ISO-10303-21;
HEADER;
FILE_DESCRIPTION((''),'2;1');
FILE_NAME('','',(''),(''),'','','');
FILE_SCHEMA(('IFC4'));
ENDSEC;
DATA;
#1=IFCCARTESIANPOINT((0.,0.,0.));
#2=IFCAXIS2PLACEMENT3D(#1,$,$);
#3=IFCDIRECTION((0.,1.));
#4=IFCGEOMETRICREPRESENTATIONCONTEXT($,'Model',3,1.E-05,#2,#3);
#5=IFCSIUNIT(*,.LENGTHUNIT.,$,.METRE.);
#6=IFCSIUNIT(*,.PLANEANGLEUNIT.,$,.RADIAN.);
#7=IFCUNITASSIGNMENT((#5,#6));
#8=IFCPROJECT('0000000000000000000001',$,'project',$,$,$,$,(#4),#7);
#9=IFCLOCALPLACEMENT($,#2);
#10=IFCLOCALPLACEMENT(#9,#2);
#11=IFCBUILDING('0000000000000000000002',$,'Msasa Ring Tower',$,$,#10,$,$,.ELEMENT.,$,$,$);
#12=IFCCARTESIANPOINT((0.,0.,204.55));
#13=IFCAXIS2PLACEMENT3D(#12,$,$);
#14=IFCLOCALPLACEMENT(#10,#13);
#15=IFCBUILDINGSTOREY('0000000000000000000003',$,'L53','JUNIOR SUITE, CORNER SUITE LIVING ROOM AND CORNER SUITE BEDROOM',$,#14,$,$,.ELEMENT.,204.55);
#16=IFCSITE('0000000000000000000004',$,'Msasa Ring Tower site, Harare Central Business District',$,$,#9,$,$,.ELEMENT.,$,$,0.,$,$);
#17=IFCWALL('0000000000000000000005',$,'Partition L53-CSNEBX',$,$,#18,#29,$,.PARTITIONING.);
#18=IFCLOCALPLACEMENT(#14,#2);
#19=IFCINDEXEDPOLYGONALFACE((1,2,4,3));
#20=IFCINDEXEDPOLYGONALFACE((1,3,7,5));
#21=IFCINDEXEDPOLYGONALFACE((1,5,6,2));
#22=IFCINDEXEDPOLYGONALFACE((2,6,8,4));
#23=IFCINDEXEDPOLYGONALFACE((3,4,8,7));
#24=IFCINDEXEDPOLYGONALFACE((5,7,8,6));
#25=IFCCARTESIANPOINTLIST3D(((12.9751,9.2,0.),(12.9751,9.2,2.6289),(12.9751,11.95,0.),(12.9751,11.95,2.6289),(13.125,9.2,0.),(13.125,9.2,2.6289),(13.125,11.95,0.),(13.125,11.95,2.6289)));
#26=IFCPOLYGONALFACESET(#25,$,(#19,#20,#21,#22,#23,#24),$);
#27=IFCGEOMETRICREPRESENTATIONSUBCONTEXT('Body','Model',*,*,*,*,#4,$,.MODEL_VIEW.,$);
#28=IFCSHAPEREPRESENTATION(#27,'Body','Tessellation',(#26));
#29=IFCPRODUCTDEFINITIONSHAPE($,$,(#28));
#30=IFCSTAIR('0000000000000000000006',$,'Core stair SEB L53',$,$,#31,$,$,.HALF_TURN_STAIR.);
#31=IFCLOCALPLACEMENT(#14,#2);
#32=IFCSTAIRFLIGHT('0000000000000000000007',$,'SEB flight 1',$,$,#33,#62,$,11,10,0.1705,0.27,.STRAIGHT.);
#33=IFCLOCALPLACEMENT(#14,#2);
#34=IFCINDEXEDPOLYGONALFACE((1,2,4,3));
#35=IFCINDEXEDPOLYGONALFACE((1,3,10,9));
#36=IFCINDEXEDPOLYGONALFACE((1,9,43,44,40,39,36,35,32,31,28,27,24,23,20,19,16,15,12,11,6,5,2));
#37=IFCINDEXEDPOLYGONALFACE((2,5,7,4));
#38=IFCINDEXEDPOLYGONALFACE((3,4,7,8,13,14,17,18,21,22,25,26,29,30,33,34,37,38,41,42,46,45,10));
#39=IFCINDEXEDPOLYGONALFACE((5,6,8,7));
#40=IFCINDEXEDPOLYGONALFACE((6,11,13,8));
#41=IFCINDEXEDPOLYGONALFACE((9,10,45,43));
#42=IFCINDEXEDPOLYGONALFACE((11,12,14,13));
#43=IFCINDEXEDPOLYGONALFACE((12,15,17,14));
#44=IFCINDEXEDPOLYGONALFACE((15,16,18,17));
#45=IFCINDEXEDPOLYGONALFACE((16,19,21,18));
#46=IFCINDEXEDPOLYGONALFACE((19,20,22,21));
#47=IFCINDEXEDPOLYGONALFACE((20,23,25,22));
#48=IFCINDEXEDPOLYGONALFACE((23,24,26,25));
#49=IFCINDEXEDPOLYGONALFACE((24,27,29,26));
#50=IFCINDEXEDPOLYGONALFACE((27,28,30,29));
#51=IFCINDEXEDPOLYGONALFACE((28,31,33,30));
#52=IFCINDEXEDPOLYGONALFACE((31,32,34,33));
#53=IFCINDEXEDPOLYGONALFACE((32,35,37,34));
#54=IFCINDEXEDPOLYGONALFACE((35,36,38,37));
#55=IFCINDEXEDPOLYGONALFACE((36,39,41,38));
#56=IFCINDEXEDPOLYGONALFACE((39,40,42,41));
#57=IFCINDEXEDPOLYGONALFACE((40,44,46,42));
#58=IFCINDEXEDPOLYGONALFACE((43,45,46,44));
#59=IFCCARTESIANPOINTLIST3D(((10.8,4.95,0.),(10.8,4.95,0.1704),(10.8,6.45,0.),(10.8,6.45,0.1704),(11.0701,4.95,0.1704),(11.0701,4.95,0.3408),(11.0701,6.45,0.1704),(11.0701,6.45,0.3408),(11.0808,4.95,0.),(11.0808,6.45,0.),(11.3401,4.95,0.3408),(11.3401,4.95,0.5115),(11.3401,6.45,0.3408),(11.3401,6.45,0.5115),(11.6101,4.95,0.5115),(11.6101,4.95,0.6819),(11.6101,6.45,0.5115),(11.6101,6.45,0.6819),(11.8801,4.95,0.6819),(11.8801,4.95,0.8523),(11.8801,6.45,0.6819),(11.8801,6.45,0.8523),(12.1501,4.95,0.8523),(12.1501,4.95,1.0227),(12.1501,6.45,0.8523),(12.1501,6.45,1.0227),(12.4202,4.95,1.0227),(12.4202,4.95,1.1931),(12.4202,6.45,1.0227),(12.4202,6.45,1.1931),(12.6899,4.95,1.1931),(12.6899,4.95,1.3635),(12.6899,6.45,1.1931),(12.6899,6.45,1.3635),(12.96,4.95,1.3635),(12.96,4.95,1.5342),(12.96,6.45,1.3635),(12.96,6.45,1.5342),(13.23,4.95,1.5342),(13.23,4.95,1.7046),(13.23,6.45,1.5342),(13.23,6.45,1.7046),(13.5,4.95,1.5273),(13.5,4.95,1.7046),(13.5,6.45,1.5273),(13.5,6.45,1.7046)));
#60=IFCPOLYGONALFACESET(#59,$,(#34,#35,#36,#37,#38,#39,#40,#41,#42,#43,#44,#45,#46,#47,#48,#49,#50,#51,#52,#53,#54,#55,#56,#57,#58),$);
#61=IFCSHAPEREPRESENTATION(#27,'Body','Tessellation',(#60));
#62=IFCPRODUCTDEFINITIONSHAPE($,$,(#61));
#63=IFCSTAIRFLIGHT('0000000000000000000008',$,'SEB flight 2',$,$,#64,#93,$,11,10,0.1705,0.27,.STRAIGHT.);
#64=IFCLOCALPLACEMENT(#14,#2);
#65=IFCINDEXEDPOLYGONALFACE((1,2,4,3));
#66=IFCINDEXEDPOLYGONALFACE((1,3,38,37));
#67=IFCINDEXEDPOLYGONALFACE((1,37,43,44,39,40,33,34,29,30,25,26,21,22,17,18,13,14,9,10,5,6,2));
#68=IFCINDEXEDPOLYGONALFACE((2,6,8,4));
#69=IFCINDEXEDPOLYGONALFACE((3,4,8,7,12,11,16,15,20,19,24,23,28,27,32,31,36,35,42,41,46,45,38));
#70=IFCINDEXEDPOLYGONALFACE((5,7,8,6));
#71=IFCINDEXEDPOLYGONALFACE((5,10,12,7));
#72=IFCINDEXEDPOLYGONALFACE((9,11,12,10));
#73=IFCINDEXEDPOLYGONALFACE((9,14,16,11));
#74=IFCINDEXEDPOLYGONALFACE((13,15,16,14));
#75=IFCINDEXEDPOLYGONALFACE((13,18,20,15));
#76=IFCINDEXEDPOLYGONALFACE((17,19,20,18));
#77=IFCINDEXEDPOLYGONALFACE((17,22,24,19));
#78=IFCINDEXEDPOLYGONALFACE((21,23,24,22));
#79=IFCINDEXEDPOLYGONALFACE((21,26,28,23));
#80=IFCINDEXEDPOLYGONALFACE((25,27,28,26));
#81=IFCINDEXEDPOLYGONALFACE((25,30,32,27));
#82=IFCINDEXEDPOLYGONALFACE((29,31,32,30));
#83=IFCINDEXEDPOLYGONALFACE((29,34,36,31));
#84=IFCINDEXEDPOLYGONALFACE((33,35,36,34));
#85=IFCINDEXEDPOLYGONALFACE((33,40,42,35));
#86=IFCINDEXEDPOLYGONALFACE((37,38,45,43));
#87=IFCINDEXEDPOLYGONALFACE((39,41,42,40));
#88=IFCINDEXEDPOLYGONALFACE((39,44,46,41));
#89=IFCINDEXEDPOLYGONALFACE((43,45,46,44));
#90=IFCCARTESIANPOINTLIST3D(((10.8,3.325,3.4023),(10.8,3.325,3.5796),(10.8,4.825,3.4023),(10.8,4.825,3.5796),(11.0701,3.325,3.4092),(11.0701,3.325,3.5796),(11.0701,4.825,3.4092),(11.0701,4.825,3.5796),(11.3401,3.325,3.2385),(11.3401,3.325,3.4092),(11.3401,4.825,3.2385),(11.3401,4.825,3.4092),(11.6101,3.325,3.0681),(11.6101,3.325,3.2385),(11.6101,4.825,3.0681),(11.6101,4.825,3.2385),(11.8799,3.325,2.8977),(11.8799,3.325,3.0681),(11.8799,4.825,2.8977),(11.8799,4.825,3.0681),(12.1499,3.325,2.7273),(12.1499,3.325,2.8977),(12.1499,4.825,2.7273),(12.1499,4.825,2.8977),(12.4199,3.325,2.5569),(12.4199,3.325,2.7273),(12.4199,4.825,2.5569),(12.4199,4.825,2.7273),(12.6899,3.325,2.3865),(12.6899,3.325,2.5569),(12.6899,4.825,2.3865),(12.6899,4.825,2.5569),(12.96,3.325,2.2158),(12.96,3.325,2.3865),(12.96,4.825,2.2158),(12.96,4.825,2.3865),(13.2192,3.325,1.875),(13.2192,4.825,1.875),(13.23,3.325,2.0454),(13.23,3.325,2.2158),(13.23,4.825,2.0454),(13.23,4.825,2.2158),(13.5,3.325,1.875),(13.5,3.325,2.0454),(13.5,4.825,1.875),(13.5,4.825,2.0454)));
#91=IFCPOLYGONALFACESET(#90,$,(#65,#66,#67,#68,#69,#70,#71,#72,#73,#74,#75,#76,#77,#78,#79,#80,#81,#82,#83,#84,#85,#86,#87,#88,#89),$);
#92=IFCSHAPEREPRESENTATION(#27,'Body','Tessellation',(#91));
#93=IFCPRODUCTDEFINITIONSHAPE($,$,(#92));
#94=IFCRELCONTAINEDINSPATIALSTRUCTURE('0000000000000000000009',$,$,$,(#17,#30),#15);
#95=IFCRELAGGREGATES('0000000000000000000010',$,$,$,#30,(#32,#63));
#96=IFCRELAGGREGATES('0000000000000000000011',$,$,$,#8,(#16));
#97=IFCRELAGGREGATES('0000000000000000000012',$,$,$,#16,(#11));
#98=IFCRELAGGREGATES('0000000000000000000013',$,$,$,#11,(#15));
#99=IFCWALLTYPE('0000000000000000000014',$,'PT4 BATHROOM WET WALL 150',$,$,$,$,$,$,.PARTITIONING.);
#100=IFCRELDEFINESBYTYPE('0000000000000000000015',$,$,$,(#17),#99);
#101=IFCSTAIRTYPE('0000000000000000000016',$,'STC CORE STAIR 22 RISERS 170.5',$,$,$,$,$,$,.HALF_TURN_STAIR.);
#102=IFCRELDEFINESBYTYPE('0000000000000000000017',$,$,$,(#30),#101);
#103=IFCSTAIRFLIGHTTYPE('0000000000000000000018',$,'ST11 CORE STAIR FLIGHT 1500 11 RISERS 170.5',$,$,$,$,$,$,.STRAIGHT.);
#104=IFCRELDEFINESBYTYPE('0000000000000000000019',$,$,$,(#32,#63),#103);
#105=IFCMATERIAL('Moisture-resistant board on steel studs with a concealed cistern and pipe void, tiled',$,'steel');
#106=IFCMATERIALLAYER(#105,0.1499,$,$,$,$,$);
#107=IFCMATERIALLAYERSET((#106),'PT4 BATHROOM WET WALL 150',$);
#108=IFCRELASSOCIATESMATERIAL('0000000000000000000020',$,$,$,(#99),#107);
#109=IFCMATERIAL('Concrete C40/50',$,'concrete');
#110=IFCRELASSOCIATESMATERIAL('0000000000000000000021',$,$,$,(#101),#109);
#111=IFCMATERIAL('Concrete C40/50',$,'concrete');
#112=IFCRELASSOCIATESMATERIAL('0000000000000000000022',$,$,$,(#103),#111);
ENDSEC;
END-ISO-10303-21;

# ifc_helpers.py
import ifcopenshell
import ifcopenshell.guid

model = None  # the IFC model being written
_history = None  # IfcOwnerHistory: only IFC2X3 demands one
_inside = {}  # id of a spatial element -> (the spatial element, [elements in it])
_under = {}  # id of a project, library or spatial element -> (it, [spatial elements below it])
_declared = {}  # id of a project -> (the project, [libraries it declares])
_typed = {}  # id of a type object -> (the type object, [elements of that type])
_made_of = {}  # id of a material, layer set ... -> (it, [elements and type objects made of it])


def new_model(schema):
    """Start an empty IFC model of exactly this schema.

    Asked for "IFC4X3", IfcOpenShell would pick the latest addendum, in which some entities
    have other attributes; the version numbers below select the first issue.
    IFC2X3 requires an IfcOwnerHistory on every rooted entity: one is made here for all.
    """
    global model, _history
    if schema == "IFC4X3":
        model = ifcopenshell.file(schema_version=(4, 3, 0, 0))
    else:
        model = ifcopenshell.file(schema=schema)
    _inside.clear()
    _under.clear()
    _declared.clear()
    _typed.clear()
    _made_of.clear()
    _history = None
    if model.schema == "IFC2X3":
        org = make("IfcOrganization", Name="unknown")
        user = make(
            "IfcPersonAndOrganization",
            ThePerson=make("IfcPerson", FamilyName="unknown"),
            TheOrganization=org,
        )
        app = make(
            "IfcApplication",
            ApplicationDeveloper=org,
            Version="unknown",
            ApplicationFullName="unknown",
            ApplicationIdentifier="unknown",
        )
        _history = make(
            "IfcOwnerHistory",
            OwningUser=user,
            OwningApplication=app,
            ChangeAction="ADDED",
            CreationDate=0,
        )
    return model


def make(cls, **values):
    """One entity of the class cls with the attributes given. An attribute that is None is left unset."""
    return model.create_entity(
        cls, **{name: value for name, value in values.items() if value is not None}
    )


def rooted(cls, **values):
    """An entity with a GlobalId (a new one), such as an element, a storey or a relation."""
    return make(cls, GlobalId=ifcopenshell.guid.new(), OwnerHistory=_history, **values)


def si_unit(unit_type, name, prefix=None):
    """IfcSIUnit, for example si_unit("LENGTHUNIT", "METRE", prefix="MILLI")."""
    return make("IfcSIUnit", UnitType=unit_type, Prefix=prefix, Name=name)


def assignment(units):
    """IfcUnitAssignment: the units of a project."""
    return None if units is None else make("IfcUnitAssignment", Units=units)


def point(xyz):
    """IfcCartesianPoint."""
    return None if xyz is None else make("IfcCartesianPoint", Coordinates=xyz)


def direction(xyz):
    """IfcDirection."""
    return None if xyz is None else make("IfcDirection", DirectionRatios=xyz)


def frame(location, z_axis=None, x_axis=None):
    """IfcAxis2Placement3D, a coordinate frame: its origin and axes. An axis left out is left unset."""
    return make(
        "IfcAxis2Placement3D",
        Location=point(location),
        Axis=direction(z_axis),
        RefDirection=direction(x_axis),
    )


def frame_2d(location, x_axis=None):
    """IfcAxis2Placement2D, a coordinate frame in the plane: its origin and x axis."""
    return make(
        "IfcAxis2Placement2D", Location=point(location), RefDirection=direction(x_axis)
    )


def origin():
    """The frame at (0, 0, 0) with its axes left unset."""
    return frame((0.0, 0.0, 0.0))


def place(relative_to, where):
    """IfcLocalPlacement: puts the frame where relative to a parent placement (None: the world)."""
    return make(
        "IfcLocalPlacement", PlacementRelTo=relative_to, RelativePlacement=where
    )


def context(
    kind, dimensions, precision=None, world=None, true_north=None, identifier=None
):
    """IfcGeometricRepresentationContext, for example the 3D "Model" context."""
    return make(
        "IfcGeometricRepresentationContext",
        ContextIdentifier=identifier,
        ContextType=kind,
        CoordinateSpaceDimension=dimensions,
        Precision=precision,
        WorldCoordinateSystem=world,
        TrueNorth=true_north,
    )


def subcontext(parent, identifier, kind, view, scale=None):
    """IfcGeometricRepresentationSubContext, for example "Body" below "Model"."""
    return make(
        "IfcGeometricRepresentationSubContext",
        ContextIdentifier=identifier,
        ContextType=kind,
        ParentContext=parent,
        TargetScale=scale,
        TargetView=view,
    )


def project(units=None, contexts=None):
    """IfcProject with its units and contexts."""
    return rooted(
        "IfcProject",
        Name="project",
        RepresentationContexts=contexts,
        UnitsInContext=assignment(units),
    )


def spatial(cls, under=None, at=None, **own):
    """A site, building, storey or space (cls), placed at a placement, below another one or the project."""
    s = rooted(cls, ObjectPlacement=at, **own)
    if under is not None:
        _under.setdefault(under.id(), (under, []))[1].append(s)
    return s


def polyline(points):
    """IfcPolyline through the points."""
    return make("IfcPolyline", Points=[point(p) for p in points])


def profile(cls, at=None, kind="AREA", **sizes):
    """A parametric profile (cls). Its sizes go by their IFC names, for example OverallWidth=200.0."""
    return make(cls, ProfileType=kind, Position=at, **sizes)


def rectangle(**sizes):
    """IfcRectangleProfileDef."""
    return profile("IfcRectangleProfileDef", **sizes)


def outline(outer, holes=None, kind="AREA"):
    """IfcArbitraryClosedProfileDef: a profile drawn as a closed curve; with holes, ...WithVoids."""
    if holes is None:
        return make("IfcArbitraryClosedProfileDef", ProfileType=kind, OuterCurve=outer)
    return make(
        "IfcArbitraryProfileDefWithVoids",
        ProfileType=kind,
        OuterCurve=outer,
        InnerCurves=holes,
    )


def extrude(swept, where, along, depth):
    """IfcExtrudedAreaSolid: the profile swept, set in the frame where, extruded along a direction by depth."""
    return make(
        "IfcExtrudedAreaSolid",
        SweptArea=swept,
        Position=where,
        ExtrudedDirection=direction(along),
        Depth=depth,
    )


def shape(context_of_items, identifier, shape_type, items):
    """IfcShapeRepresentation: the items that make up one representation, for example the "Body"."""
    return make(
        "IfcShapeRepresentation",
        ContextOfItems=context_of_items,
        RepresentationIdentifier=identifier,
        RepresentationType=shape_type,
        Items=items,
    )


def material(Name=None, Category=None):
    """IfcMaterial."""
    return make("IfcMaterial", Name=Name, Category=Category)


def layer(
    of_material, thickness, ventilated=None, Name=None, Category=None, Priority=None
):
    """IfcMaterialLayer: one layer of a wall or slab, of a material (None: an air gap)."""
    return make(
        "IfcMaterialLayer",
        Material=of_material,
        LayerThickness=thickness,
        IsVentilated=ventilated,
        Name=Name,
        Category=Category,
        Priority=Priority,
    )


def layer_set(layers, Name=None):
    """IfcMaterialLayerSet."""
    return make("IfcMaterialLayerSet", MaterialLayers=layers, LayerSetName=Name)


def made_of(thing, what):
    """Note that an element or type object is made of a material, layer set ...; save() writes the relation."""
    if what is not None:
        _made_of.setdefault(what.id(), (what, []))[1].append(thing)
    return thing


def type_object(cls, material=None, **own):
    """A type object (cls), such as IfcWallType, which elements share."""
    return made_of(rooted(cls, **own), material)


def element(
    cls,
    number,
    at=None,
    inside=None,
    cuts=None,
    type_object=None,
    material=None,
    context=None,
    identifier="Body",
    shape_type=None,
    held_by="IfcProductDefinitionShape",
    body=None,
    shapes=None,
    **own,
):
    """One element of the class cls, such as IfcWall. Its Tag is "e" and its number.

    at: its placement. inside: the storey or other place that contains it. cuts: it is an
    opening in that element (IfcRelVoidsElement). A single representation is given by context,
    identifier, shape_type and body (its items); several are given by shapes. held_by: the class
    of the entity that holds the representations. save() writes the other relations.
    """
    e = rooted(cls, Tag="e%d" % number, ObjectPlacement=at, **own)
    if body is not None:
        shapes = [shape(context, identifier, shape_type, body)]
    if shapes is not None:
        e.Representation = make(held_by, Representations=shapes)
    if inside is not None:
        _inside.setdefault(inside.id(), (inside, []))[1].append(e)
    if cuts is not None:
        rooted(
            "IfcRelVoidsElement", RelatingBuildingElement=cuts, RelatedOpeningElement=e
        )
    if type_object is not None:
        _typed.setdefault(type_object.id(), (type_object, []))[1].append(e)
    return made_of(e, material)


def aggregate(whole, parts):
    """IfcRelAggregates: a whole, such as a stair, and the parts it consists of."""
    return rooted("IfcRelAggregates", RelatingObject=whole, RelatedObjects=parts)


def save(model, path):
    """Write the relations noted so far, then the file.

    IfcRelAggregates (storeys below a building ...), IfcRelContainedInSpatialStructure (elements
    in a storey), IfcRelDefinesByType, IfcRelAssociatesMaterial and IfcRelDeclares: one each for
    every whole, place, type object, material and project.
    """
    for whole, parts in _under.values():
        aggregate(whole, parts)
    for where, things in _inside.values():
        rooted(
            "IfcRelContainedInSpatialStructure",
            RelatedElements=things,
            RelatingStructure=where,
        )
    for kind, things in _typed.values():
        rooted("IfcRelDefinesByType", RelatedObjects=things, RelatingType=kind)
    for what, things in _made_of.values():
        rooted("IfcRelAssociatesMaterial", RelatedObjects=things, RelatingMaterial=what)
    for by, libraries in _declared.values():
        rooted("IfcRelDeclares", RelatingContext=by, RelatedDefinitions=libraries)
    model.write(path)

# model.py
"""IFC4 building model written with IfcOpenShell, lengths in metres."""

from ifc_helpers import new_model, si_unit, direction, frame, frame_2d, origin, place, context, subcontext, project, spatial, polyline, rectangle, outline, extrude, material, layer, layer_set, type_object, element, aggregate, save


model = new_model("IFC4")

# Units and contexts
model_context = context("Model", 3, precision=1e-05, world=origin(), true_north=direction((0.0, 1.0)))
body_context = subcontext(model_context, "Body", "Model", "MODEL_VIEW")
ifc_project = project(units=[si_unit("LENGTHUNIT", "METRE"), si_unit("PLANEANGLEUNIT", "RADIAN")], contexts=[model_context])

# Site, building, storey
site_placement = place(None, origin())
site = spatial("IfcSite", under=ifc_project, at=site_placement, Name="Msasa Ring Tower site, Harare Central Business District", CompositionType="ELEMENT", RefElevation=0.0)
building_placement = place(site_placement, origin())
building = spatial("IfcBuilding", under=site, at=building_placement, Name="Msasa Ring Tower", CompositionType="ELEMENT")
storey_placement = place(building_placement, frame((0.0, 0.0, 204.55)))
storey = spatial("IfcBuildingStorey", under=building, at=storey_placement, Name="L53", Description="JUNIOR SUITE, CORNER SUITE LIVING ROOM AND CORNER SUITE BEDROOM", CompositionType="ELEMENT", Elevation=204.55)

# Shared definitions
ifc_material_1 = material(Name="Moisture-resistant board on steel studs with a concealed cistern and pipe void, tiled", Category="steel")
ifc_layer_1 = layer(ifc_material_1, 0.1499)
ifc_layer_set_1 = layer_set([ifc_layer_1], Name="PT4 BATHROOM WET WALL 150")
wall_type_1 = type_object("IfcWallType", Name="PT4 BATHROOM WET WALL 150", PredefinedType="PARTITIONING", material=ifc_layer_set_1)

# Wall
wall_1_placement = place(storey_placement, frame((13.05, 9.2, 0.0), z_axis=(0.0, 0.0, 1.0), x_axis=(0.0, 1.0, 0.0)))
element("IfcWall", 1, at=wall_1_placement, inside=storey, type_object=wall_type_1, Name="Partition L53-CSNEBX", PredefinedType="PARTITIONING", context=body_context, shape_type="SweptSolid", body=[
    extrude(rectangle(XDim=2.75, YDim=0.1499, at=frame_2d((1.375, 0.0))), origin(), (0.0, 0.0, 1.0), 2.6289),
])

# Stair, stair flights
ifc_material_2 = material(Name="Concrete C40/50", Category="concrete")
stair_type = type_object("IfcStairType", Name="STC CORE STAIR 22 RISERS 170.5", PredefinedType="HALF_TURN_STAIR", material=ifc_material_2)
stair_placement = place(storey_placement, origin())
stair = element("IfcStair", 2, at=stair_placement, inside=storey, type_object=stair_type, Name="Core stair SEB L53", PredefinedType="HALF_TURN_STAIR")
ifc_material_3 = material(Name="Concrete C40/50", Category="concrete")
stair_flight_type = type_object("IfcStairFlightType", Name="ST11 CORE STAIR FLIGHT 1500 11 RISERS 170.5", PredefinedType="STRAIGHT", material=ifc_material_3)
stair_flight_1_placement = place(storey_placement, frame((10.8, 5.7, 0.0), z_axis=(0.0, 0.0, 1.0), x_axis=(1.0, 0.0, 0.0)))
stair_flight_1 = element("IfcStairFlight", 3, at=stair_flight_1_placement, type_object=stair_flight_type, Name="SEB flight 1", NumberOfRisers=11, NumberOfTreads=10, PredefinedType="STRAIGHT", RiserHeight=0.1705, TreadLength=0.27, context=body_context, shape_type="SweptSolid", body=[
    extrude(outline(polyline([(0.0, 0.0), (0.0, 0.1704), (0.27, 0.1704), (0.27, 0.3408), (0.54, 0.3408), (0.54, 0.5115), (0.8101, 0.5115), (0.8101, 0.6819), (1.0801, 0.6819), (1.0801, 0.8523), (1.3501, 0.8523), (1.3501, 1.0227), (1.6201, 1.0227), (1.6201, 1.1931), (1.8899, 1.1931), (1.8899, 1.3635), (2.1599, 1.3635), (2.1599, 1.5342), (2.4299, 1.5342), (2.4299, 1.7046), (2.7, 1.7046), (2.7, 1.875), (2.7, 1.5273), (0.2808, 0.0), (0.0, 0.0)])), frame((0.0, 0.75, 0.0), z_axis=(0.0, -1.0, 0.0), x_axis=(1.0, 0.0, 0.0)), (0.0, 0.0, 1.0), 1.5),
])
stair_flight_2_placement = place(storey_placement, frame((13.5, 4.075, 1.875), z_axis=(0.0, 0.0, 1.0), x_axis=(-1.0, 0.0, 0.0)))
stair_flight_2 = element("IfcStairFlight", 4, at=stair_flight_2_placement, type_object=stair_flight_type, Name="SEB flight 2", NumberOfRisers=11, NumberOfTreads=10, PredefinedType="STRAIGHT", RiserHeight=0.1705, TreadLength=0.27, context=body_context, shape_type="SweptSolid", body=[
    extrude(outline(polyline([(0.0, 0.0), (0.0, 0.1704), (0.27, 0.1704), (0.27, 0.3408), (0.54, 0.3408), (0.54, 0.5115), (0.8101, 0.5115), (0.8101, 0.6819), (1.0801, 0.6819), (1.0801, 0.8523), (1.3501, 0.8523), (1.3501, 1.0227), (1.6201, 1.0227), (1.6201, 1.1931), (1.8899, 1.1931), (1.8899, 1.3635), (2.1599, 1.3635), (2.1599, 1.5342), (2.4299, 1.5342), (2.4299, 1.7046), (2.7, 1.7046), (2.7, 1.875), (2.7, 1.5273), (0.2808, 0.0), (0.0, 0.0)])), frame((0.0, 0.75, 0.0), z_axis=(0.0, -1.0, 0.0), x_axis=(1.0, 0.0, 0.0)), (0.0, 0.0, 1.0), 1.5),
])
aggregate(stair, [stair_flight_1, stair_flight_2])

save(model, "model.ifc")
